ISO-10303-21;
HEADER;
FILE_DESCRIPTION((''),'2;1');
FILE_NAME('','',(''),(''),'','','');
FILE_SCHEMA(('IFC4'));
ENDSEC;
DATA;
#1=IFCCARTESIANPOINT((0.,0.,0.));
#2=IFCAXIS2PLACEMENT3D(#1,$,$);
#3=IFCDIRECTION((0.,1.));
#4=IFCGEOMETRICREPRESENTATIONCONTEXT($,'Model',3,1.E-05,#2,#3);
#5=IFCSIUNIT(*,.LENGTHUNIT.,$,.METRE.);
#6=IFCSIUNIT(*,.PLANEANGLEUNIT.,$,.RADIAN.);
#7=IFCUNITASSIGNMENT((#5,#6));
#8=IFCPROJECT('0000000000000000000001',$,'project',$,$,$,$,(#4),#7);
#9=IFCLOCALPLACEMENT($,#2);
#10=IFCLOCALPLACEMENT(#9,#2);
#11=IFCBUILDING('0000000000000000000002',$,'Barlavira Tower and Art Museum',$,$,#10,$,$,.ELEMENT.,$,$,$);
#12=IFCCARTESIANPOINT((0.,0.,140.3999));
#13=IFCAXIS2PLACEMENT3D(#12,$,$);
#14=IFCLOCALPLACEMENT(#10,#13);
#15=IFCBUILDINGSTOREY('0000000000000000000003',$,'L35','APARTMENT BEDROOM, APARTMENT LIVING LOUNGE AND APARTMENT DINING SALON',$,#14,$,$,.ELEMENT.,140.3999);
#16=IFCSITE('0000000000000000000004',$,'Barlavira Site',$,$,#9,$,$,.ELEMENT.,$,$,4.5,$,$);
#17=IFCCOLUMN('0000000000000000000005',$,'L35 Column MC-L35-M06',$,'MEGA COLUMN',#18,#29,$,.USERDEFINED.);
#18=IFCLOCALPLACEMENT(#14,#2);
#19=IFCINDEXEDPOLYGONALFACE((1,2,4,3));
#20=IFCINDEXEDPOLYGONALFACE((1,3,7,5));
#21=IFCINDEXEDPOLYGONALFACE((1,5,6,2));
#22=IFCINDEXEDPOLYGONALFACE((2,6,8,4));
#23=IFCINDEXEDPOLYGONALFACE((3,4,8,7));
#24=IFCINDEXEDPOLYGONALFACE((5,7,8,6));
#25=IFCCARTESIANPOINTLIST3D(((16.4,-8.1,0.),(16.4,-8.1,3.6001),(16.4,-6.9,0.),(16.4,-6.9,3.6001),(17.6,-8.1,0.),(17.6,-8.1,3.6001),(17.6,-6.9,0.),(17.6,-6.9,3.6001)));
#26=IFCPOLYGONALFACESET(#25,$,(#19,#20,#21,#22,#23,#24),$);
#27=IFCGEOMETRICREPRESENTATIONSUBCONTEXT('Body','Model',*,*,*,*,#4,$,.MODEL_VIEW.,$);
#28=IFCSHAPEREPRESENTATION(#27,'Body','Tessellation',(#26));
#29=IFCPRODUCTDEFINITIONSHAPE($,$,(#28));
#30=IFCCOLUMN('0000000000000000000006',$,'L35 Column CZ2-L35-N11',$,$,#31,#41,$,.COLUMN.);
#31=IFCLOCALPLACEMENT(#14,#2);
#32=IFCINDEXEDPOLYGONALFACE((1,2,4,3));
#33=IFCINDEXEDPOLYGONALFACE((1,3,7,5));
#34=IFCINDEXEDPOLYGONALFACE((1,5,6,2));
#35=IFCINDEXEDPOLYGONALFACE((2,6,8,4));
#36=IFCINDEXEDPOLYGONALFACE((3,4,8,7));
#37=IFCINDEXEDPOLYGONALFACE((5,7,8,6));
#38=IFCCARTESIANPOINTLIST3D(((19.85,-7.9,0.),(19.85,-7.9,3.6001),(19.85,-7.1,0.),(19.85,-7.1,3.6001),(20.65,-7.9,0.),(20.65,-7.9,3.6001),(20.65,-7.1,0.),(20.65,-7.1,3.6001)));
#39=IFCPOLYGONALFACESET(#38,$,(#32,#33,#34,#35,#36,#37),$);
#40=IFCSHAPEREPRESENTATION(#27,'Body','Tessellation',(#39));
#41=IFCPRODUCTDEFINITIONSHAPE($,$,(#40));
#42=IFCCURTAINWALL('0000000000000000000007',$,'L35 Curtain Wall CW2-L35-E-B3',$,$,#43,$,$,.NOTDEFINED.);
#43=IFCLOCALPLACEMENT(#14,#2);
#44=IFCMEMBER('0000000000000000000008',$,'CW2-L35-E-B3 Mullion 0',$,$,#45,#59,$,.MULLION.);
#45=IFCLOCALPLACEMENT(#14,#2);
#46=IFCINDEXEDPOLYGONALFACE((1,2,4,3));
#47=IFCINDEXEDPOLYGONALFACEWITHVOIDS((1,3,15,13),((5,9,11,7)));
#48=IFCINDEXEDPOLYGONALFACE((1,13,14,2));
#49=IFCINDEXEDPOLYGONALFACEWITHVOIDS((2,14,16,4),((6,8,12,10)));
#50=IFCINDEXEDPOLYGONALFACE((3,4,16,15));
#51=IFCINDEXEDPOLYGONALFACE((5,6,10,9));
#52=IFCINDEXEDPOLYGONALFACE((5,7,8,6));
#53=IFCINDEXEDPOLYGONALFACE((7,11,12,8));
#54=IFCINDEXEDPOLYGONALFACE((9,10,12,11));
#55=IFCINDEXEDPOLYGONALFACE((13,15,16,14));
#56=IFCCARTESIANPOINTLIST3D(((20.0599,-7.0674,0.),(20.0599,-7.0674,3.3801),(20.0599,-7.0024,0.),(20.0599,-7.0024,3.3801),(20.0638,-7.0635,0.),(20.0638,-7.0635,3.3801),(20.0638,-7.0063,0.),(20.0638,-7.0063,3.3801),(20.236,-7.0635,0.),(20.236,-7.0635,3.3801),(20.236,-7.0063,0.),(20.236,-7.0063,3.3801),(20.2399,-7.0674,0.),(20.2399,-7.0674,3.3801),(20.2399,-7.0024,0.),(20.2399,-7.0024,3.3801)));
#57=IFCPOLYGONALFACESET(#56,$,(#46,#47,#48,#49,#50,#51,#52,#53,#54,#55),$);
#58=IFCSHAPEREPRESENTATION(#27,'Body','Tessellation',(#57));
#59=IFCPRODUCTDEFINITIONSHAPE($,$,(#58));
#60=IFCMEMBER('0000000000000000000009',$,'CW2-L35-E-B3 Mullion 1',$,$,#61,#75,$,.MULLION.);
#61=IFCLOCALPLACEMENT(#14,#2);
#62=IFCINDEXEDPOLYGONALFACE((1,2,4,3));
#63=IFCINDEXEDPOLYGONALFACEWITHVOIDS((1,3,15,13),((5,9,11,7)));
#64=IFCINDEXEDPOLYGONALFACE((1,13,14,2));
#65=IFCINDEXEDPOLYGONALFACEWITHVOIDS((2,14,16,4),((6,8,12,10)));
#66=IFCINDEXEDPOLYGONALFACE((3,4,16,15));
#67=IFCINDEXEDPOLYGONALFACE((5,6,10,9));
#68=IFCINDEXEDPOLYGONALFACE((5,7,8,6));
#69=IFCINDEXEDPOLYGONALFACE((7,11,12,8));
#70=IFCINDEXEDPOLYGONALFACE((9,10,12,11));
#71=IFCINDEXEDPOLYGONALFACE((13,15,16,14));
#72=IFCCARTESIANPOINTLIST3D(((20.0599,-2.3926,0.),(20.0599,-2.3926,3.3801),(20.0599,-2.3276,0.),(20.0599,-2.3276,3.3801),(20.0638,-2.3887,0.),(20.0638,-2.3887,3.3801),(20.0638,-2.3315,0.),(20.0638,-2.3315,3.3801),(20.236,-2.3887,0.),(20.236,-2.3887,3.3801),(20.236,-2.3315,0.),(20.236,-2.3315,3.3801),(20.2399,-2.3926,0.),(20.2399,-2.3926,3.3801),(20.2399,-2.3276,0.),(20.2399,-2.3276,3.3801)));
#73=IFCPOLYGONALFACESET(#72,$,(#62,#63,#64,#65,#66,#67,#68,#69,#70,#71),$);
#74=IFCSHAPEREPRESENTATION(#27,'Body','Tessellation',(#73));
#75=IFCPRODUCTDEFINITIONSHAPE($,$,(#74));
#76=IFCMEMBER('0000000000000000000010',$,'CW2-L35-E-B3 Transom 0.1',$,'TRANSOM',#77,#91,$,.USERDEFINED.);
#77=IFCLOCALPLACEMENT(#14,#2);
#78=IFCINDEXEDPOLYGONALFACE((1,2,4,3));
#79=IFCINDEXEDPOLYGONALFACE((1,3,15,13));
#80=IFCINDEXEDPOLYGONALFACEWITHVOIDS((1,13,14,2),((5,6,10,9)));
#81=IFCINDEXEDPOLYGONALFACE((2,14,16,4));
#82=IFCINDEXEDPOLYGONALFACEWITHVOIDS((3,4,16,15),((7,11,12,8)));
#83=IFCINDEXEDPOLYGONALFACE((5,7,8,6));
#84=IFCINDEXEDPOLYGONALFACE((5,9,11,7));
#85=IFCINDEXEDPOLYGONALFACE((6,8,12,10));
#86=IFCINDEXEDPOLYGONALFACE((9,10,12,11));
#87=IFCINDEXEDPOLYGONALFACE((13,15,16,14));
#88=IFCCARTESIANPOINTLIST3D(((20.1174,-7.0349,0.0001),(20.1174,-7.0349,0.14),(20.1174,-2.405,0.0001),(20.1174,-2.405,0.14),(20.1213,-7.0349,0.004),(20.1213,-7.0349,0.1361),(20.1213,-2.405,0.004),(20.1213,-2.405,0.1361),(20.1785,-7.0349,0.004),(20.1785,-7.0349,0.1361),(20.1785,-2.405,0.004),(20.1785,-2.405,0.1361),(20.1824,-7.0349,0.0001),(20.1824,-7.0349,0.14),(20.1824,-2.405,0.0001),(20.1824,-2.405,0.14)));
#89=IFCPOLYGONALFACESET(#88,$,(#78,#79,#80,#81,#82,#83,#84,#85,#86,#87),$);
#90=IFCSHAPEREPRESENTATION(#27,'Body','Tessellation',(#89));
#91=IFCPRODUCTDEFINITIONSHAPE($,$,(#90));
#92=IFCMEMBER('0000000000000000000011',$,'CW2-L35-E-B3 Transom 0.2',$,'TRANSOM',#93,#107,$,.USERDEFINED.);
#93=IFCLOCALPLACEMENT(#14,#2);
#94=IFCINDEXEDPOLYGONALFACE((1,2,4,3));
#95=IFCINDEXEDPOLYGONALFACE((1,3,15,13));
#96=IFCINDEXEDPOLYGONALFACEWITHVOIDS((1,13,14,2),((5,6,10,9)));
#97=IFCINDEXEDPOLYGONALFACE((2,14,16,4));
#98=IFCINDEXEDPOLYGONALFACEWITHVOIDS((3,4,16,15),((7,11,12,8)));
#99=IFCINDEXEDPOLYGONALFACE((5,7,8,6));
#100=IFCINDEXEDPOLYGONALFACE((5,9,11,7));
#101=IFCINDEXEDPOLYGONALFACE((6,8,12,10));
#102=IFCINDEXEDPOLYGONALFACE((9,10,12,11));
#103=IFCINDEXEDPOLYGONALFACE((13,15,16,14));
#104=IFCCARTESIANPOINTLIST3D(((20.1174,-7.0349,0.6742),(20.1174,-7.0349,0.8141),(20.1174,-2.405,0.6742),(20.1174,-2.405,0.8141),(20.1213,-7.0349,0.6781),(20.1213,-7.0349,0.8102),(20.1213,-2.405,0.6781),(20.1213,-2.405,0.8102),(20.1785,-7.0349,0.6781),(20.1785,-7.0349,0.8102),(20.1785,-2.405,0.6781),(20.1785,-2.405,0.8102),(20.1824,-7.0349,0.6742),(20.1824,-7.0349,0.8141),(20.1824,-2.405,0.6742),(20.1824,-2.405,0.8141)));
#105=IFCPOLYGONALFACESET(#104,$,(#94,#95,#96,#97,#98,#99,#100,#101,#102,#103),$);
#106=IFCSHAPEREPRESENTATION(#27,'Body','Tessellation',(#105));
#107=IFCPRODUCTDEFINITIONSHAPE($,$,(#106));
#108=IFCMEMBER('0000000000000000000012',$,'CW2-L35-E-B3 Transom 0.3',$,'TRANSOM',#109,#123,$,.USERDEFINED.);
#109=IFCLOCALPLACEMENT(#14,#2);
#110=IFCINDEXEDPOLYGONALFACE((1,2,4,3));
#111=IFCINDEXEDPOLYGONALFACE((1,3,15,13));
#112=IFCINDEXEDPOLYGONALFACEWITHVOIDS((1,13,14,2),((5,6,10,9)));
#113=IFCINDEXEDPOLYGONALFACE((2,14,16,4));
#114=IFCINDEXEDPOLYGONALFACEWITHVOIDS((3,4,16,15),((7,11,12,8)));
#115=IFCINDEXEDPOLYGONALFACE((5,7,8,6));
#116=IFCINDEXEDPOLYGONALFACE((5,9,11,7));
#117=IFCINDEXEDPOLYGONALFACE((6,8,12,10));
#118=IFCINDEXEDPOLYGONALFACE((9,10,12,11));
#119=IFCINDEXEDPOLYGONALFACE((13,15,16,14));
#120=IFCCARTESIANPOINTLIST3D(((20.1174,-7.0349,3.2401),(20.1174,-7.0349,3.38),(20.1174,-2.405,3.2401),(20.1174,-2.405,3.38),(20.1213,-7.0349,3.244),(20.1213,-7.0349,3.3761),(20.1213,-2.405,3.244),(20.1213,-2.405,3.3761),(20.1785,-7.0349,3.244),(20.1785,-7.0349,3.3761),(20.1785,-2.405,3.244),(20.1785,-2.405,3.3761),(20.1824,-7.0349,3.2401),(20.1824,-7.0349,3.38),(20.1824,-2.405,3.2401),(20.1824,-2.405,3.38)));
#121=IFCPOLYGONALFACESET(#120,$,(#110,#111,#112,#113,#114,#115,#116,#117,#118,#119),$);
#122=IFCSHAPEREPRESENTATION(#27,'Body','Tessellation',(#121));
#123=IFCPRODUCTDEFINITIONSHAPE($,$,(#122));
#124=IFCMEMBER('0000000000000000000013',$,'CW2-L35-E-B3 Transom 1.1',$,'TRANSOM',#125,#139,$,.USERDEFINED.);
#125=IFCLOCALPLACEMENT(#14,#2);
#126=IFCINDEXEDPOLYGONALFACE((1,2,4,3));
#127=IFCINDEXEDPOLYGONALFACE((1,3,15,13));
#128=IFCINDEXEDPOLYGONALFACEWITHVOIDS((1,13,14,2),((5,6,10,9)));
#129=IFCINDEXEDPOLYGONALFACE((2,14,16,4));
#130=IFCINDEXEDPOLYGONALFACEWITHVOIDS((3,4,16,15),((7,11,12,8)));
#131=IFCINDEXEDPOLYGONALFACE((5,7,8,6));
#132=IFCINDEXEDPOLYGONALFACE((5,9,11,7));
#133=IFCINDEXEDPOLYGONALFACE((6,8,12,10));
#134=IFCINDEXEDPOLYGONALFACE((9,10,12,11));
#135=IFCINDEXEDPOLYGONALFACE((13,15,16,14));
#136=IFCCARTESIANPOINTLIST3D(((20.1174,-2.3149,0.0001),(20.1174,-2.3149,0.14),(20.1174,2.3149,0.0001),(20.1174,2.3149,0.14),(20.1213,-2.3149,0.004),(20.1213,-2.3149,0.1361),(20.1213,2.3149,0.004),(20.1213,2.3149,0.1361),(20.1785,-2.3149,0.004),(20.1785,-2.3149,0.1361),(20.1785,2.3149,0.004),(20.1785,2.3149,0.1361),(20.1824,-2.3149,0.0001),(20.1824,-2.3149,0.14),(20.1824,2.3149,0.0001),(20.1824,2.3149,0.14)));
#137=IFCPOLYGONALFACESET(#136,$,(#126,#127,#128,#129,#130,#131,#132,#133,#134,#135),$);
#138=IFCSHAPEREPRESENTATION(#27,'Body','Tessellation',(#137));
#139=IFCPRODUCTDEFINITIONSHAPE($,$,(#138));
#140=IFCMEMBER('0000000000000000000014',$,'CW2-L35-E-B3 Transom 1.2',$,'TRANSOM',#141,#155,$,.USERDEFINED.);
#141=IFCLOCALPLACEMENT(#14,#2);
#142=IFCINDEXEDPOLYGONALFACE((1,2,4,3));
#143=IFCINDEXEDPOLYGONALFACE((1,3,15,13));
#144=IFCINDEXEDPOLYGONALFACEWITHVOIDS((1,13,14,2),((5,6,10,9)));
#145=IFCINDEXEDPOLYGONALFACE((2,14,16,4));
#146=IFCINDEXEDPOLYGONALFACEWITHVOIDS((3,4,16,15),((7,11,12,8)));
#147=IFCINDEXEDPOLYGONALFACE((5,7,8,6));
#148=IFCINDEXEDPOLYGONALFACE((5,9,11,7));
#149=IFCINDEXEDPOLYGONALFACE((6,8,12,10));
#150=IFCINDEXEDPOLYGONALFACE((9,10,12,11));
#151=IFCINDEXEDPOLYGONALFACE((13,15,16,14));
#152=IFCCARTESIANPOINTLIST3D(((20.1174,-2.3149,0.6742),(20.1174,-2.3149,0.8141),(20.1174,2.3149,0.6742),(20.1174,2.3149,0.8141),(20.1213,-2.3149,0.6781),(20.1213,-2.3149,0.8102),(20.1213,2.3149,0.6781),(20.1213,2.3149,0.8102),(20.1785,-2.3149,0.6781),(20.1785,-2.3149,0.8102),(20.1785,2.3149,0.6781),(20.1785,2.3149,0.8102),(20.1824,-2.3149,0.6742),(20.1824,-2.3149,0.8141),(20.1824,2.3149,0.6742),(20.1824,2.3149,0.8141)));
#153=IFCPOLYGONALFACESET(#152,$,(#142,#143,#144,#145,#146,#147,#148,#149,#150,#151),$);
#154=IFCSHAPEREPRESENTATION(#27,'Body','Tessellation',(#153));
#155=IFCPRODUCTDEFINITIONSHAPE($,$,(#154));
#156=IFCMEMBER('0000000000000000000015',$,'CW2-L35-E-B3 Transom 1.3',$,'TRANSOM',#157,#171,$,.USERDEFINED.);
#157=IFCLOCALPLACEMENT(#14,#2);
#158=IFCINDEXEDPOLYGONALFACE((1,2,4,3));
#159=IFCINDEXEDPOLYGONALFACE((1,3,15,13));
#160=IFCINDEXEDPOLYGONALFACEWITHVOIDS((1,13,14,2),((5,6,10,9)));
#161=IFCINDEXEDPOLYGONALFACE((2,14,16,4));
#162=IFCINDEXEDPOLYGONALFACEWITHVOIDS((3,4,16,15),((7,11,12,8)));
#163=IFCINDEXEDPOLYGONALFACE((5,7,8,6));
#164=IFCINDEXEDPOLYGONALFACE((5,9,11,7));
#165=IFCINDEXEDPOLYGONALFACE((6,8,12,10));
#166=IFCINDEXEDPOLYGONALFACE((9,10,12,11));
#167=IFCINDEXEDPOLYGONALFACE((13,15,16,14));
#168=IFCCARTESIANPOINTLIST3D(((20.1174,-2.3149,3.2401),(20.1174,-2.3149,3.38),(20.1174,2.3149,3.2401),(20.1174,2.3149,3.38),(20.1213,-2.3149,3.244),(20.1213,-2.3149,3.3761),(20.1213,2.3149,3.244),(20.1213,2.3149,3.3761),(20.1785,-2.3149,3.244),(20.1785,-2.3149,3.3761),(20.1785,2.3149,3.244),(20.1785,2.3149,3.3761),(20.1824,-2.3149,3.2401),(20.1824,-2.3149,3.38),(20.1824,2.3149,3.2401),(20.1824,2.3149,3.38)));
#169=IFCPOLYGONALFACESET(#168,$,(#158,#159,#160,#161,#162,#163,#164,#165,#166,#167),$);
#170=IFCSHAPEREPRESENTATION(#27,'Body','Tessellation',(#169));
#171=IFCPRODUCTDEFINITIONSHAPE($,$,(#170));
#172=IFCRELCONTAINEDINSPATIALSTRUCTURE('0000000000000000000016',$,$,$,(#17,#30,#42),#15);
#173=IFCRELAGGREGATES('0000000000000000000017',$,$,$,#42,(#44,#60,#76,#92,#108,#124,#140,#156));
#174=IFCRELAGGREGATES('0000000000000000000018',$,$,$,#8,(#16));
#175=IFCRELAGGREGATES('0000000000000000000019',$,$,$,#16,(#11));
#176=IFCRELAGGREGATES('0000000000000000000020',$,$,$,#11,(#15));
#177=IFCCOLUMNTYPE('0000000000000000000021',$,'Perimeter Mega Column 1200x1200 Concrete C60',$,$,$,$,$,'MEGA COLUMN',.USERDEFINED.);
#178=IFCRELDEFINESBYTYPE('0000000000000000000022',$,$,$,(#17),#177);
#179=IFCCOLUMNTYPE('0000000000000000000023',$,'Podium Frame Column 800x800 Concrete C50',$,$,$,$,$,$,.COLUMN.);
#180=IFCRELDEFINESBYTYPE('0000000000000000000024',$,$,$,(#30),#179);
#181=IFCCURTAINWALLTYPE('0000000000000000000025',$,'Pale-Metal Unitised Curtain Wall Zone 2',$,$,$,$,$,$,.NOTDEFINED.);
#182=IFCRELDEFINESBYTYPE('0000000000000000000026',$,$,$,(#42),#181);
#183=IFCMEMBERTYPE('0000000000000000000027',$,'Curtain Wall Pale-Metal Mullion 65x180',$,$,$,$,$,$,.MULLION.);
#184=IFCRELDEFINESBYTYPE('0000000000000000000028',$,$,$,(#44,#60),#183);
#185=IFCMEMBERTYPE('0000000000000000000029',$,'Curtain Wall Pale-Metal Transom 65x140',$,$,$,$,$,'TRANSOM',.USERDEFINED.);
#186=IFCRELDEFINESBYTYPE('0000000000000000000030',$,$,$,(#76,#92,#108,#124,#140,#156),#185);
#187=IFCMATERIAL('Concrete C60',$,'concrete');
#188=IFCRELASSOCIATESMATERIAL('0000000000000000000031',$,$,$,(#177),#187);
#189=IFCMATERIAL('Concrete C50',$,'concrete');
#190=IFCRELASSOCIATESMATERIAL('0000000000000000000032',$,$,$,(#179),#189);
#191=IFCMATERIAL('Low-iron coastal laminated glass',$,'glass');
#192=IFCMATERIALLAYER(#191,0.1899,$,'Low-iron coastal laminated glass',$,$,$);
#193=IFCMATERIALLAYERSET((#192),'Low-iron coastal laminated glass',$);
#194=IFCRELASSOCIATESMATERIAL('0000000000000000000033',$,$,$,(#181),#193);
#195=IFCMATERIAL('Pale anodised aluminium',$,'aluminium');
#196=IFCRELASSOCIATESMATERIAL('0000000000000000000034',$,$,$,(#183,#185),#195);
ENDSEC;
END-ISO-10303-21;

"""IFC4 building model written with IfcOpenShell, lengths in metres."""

from ifc_helpers import new_model, si_unit, direction, frame, origin, origin_2d, place, context, subcontext, project, spatial, rectangle, hollow_rectangle, extrude, material, layer, layer_set, material_profile, profile_set, type_object, element, aggregate, save


model = new_model("IFC4")

# Units and contexts
model_context = context("Model", 3, precision=1e-05, world=origin(), true_north=direction((0.0, 1.0)))
body_context = subcontext(model_context, "Body", "Model", "MODEL_VIEW")
ifc_project = project(units=[si_unit("LENGTHUNIT", "METRE"), si_unit("PLANEANGLEUNIT", "RADIAN")], contexts=[model_context])

# Site, building, storey
site_placement = place(None, origin())
site = spatial("IfcSite", under=ifc_project, at=site_placement, Name="Barlavira Site", CompositionType="ELEMENT", RefElevation=4.5)
building_placement = place(site_placement, origin())
building = spatial("IfcBuilding", under=site, at=building_placement, Name="Barlavira Tower and Art Museum", CompositionType="ELEMENT")
storey_placement = place(building_placement, frame((0.0, 0.0, 140.3999)))
storey = spatial("IfcBuildingStorey", under=building, at=storey_placement, Name="L35", Description="APARTMENT BEDROOM, APARTMENT LIVING LOUNGE AND APARTMENT DINING SALON", CompositionType="ELEMENT", Elevation=140.3999)

# Columns
ifc_material_1 = material(Name="Concrete C60", Category="concrete")
ifc_material_profile_1 = material_profile(ifc_material_1, rectangle(XDim=1.2, YDim=1.2, at=origin_2d()), Name="RC-COL 1200x1200")
ifc_profile_set_1 = profile_set([ifc_material_profile_1], Name="Concrete C60")
column_type_1 = type_object("IfcColumnType", Name="Perimeter Mega Column 1200x1200 Concrete C60", ElementType="MEGA COLUMN", PredefinedType="USERDEFINED", material=ifc_profile_set_1)
column_1_placement = place(storey_placement, frame((17.0, -7.5, 0.0), z_axis=(0.0, 0.0, 1.0), x_axis=(1.0, 0.0, 0.0)))
element("IfcColumn", 1, at=column_1_placement, inside=storey, type_object=column_type_1, Name="L35 Column MC-L35-M06", ObjectType="MEGA COLUMN", PredefinedType="USERDEFINED", context=body_context, shape_type="SweptSolid", body=[
    extrude(rectangle(XDim=1.2, YDim=1.2, at=origin_2d()), origin(), (0.0, 0.0, 1.0), 3.6001),
])
ifc_material_2 = material(Name="Concrete C50", Category="concrete")
ifc_material_profile_2 = material_profile(ifc_material_2, rectangle(XDim=0.8, YDim=0.8, at=origin_2d()), Name="RC-COL 800x800")
ifc_profile_set_2 = profile_set([ifc_material_profile_2], Name="Concrete C50")
column_type_2 = type_object("IfcColumnType", Name="Podium Frame Column 800x800 Concrete C50", PredefinedType="COLUMN", material=ifc_profile_set_2)
column_2_placement = place(storey_placement, frame((20.25, -7.5, 0.0), z_axis=(0.0, 0.0, 1.0), x_axis=(1.0, 0.0, 0.0)))
element("IfcColumn", 2, at=column_2_placement, inside=storey, type_object=column_type_2, Name="L35 Column CZ2-L35-N11", PredefinedType="COLUMN", context=body_context, shape_type="SweptSolid", body=[
    extrude(rectangle(XDim=0.8, YDim=0.8, at=origin_2d()), origin(), (0.0, 0.0, 1.0), 3.6001),
])

# Curtain wall, members
ifc_material_3 = material(Name="Low-iron coastal laminated glass", Category="glass")
ifc_layer_1 = layer(ifc_material_3, 0.1899, Name="Low-iron coastal laminated glass")
ifc_layer_set_1 = layer_set([ifc_layer_1], Name="Low-iron coastal laminated glass")
curtain_wall_type = type_object("IfcCurtainWallType", Name="Pale-Metal Unitised Curtain Wall Zone 2", PredefinedType="NOTDEFINED", material=ifc_layer_set_1)
curtain_wall_placement = place(storey_placement, origin())
curtain_wall = element("IfcCurtainWall", 3, at=curtain_wall_placement, inside=storey, type_object=curtain_wall_type, Name="L35 Curtain Wall CW2-L35-E-B3", PredefinedType="NOTDEFINED")
ifc_material_4 = material(Name="Pale anodised aluminium", Category="aluminium")
ifc_material_profile_3 = material_profile(ifc_material_4, hollow_rectangle(XDim=0.0649, YDim=0.1799, WallThickness=0.0039, at=origin_2d()), Name="ALU-MULL 65x180x4")
ifc_profile_set_3 = profile_set([ifc_material_profile_3], Name="Pale anodised aluminium")
member_type_1 = type_object("IfcMemberType", Name="Curtain Wall Pale-Metal Mullion 65x180", PredefinedType="MULLION", material=ifc_profile_set_3)
member_1_placement = place(storey_placement, frame((20.1499, -7.0349, 0.0), z_axis=(0.0, 0.0, 1.0), x_axis=(0.0, 1.0, 0.0)))
member_1 = element("IfcMember", 4, at=member_1_placement, type_object=member_type_1, Name="CW2-L35-E-B3 Mullion 0", PredefinedType="MULLION", context=body_context, shape_type="SweptSolid", body=[
    extrude(hollow_rectangle(XDim=0.0649, YDim=0.1799, WallThickness=0.0039, at=origin_2d()), origin(), (0.0, 0.0, 1.0), 3.3801),
])
member_2_placement = place(storey_placement, frame((20.1499, -2.3601, 0.0), z_axis=(0.0, 0.0, 1.0), x_axis=(0.0, 1.0, 0.0)))
member_2 = element("IfcMember", 5, at=member_2_placement, type_object=member_type_1, Name="CW2-L35-E-B3 Mullion 1", PredefinedType="MULLION", context=body_context, shape_type="SweptSolid", body=[
    extrude(hollow_rectangle(XDim=0.0649, YDim=0.1799, WallThickness=0.0039, at=origin_2d()), origin(), (0.0, 0.0, 1.0), 3.3801),
])
ifc_material_profile_4 = material_profile(ifc_material_4, hollow_rectangle(XDim=0.0649, YDim=0.1399, WallThickness=0.0039, at=origin_2d()), Name="ALU-TRAN 65x140x4")
ifc_profile_set_4 = profile_set([ifc_material_profile_4], Name="Pale anodised aluminium")
member_type_2 = type_object("IfcMemberType", Name="Curtain Wall Pale-Metal Transom 65x140", ElementType="TRANSOM", PredefinedType="USERDEFINED", material=ifc_profile_set_4)
member_3_placement = place(storey_placement, frame((20.1499, -7.0349, 0.0701), z_axis=(0.0, 1.0, 0.0), x_axis=(-1.0, 0.0, 0.0)))
member_3 = element("IfcMember", 6, at=member_3_placement, type_object=member_type_2, Name="CW2-L35-E-B3 Transom 0.1", ObjectType="TRANSOM", PredefinedType="USERDEFINED", context=body_context, shape_type="SweptSolid", body=[
    extrude(hollow_rectangle(XDim=0.0649, YDim=0.1399, WallThickness=0.0039, at=origin_2d()), origin(), (0.0, 0.0, 1.0), 4.6299),
])
member_4_placement = place(storey_placement, frame((20.1499, -7.0349, 0.7441), z_axis=(0.0, 1.0, 0.0), x_axis=(-1.0, 0.0, 0.0)))
member_4 = element("IfcMember", 7, at=member_4_placement, type_object=member_type_2, Name="CW2-L35-E-B3 Transom 0.2", ObjectType="TRANSOM", PredefinedType="USERDEFINED", context=body_context, shape_type="SweptSolid", body=[
    extrude(hollow_rectangle(XDim=0.0649, YDim=0.1399, WallThickness=0.0039, at=origin_2d()), origin(), (0.0, 0.0, 1.0), 4.6299),
])
member_5_placement = place(storey_placement, frame((20.1499, -7.0349, 3.3101), z_axis=(0.0, 1.0, 0.0), x_axis=(-1.0, 0.0, 0.0)))
member_5 = element("IfcMember", 8, at=member_5_placement, type_object=member_type_2, Name="CW2-L35-E-B3 Transom 0.3", ObjectType="TRANSOM", PredefinedType="USERDEFINED", context=body_context, shape_type="SweptSolid", body=[
    extrude(hollow_rectangle(XDim=0.0649, YDim=0.1399, WallThickness=0.0039, at=origin_2d()), origin(), (0.0, 0.0, 1.0), 4.6299),
])
member_6_placement = place(storey_placement, frame((20.1499, -2.3149, 0.0701), z_axis=(0.0, 1.0, 0.0), x_axis=(-1.0, 0.0, 0.0)))
member_6 = element("IfcMember", 9, at=member_6_placement, type_object=member_type_2, Name="CW2-L35-E-B3 Transom 1.1", ObjectType="TRANSOM", PredefinedType="USERDEFINED", context=body_context, shape_type="SweptSolid", body=[
    extrude(hollow_rectangle(XDim=0.0649, YDim=0.1399, WallThickness=0.0039, at=origin_2d()), origin(), (0.0, 0.0, 1.0), 4.6299),
])
member_7_placement = place(storey_placement, frame((20.1499, -2.3149, 0.7441), z_axis=(0.0, 1.0, 0.0), x_axis=(-1.0, 0.0, 0.0)))
member_7 = element("IfcMember", 10, at=member_7_placement, type_object=member_type_2, Name="CW2-L35-E-B3 Transom 1.2", ObjectType="TRANSOM", PredefinedType="USERDEFINED", context=body_context, shape_type="SweptSolid", body=[
    extrude(hollow_rectangle(XDim=0.0649, YDim=0.1399, WallThickness=0.0039, at=origin_2d()), origin(), (0.0, 0.0, 1.0), 4.6299),
])
member_8_placement = place(storey_placement, frame((20.1499, -2.3149, 3.3101), z_axis=(0.0, 1.0, 0.0), x_axis=(-1.0, 0.0, 0.0)))
member_8 = element("IfcMember", 11, at=member_8_placement, type_object=member_type_2, Name="CW2-L35-E-B3 Transom 1.3", ObjectType="TRANSOM", PredefinedType="USERDEFINED", context=body_context, shape_type="SweptSolid", body=[
    extrude(hollow_rectangle(XDim=0.0649, YDim=0.1399, WallThickness=0.0039, at=origin_2d()), origin(), (0.0, 0.0, 1.0), 4.6299),
])

aggregate(curtain_wall, [member_1, member_2, member_3, member_4, member_5, member_6, member_7, member_8])

save(model, "model.ifc")
